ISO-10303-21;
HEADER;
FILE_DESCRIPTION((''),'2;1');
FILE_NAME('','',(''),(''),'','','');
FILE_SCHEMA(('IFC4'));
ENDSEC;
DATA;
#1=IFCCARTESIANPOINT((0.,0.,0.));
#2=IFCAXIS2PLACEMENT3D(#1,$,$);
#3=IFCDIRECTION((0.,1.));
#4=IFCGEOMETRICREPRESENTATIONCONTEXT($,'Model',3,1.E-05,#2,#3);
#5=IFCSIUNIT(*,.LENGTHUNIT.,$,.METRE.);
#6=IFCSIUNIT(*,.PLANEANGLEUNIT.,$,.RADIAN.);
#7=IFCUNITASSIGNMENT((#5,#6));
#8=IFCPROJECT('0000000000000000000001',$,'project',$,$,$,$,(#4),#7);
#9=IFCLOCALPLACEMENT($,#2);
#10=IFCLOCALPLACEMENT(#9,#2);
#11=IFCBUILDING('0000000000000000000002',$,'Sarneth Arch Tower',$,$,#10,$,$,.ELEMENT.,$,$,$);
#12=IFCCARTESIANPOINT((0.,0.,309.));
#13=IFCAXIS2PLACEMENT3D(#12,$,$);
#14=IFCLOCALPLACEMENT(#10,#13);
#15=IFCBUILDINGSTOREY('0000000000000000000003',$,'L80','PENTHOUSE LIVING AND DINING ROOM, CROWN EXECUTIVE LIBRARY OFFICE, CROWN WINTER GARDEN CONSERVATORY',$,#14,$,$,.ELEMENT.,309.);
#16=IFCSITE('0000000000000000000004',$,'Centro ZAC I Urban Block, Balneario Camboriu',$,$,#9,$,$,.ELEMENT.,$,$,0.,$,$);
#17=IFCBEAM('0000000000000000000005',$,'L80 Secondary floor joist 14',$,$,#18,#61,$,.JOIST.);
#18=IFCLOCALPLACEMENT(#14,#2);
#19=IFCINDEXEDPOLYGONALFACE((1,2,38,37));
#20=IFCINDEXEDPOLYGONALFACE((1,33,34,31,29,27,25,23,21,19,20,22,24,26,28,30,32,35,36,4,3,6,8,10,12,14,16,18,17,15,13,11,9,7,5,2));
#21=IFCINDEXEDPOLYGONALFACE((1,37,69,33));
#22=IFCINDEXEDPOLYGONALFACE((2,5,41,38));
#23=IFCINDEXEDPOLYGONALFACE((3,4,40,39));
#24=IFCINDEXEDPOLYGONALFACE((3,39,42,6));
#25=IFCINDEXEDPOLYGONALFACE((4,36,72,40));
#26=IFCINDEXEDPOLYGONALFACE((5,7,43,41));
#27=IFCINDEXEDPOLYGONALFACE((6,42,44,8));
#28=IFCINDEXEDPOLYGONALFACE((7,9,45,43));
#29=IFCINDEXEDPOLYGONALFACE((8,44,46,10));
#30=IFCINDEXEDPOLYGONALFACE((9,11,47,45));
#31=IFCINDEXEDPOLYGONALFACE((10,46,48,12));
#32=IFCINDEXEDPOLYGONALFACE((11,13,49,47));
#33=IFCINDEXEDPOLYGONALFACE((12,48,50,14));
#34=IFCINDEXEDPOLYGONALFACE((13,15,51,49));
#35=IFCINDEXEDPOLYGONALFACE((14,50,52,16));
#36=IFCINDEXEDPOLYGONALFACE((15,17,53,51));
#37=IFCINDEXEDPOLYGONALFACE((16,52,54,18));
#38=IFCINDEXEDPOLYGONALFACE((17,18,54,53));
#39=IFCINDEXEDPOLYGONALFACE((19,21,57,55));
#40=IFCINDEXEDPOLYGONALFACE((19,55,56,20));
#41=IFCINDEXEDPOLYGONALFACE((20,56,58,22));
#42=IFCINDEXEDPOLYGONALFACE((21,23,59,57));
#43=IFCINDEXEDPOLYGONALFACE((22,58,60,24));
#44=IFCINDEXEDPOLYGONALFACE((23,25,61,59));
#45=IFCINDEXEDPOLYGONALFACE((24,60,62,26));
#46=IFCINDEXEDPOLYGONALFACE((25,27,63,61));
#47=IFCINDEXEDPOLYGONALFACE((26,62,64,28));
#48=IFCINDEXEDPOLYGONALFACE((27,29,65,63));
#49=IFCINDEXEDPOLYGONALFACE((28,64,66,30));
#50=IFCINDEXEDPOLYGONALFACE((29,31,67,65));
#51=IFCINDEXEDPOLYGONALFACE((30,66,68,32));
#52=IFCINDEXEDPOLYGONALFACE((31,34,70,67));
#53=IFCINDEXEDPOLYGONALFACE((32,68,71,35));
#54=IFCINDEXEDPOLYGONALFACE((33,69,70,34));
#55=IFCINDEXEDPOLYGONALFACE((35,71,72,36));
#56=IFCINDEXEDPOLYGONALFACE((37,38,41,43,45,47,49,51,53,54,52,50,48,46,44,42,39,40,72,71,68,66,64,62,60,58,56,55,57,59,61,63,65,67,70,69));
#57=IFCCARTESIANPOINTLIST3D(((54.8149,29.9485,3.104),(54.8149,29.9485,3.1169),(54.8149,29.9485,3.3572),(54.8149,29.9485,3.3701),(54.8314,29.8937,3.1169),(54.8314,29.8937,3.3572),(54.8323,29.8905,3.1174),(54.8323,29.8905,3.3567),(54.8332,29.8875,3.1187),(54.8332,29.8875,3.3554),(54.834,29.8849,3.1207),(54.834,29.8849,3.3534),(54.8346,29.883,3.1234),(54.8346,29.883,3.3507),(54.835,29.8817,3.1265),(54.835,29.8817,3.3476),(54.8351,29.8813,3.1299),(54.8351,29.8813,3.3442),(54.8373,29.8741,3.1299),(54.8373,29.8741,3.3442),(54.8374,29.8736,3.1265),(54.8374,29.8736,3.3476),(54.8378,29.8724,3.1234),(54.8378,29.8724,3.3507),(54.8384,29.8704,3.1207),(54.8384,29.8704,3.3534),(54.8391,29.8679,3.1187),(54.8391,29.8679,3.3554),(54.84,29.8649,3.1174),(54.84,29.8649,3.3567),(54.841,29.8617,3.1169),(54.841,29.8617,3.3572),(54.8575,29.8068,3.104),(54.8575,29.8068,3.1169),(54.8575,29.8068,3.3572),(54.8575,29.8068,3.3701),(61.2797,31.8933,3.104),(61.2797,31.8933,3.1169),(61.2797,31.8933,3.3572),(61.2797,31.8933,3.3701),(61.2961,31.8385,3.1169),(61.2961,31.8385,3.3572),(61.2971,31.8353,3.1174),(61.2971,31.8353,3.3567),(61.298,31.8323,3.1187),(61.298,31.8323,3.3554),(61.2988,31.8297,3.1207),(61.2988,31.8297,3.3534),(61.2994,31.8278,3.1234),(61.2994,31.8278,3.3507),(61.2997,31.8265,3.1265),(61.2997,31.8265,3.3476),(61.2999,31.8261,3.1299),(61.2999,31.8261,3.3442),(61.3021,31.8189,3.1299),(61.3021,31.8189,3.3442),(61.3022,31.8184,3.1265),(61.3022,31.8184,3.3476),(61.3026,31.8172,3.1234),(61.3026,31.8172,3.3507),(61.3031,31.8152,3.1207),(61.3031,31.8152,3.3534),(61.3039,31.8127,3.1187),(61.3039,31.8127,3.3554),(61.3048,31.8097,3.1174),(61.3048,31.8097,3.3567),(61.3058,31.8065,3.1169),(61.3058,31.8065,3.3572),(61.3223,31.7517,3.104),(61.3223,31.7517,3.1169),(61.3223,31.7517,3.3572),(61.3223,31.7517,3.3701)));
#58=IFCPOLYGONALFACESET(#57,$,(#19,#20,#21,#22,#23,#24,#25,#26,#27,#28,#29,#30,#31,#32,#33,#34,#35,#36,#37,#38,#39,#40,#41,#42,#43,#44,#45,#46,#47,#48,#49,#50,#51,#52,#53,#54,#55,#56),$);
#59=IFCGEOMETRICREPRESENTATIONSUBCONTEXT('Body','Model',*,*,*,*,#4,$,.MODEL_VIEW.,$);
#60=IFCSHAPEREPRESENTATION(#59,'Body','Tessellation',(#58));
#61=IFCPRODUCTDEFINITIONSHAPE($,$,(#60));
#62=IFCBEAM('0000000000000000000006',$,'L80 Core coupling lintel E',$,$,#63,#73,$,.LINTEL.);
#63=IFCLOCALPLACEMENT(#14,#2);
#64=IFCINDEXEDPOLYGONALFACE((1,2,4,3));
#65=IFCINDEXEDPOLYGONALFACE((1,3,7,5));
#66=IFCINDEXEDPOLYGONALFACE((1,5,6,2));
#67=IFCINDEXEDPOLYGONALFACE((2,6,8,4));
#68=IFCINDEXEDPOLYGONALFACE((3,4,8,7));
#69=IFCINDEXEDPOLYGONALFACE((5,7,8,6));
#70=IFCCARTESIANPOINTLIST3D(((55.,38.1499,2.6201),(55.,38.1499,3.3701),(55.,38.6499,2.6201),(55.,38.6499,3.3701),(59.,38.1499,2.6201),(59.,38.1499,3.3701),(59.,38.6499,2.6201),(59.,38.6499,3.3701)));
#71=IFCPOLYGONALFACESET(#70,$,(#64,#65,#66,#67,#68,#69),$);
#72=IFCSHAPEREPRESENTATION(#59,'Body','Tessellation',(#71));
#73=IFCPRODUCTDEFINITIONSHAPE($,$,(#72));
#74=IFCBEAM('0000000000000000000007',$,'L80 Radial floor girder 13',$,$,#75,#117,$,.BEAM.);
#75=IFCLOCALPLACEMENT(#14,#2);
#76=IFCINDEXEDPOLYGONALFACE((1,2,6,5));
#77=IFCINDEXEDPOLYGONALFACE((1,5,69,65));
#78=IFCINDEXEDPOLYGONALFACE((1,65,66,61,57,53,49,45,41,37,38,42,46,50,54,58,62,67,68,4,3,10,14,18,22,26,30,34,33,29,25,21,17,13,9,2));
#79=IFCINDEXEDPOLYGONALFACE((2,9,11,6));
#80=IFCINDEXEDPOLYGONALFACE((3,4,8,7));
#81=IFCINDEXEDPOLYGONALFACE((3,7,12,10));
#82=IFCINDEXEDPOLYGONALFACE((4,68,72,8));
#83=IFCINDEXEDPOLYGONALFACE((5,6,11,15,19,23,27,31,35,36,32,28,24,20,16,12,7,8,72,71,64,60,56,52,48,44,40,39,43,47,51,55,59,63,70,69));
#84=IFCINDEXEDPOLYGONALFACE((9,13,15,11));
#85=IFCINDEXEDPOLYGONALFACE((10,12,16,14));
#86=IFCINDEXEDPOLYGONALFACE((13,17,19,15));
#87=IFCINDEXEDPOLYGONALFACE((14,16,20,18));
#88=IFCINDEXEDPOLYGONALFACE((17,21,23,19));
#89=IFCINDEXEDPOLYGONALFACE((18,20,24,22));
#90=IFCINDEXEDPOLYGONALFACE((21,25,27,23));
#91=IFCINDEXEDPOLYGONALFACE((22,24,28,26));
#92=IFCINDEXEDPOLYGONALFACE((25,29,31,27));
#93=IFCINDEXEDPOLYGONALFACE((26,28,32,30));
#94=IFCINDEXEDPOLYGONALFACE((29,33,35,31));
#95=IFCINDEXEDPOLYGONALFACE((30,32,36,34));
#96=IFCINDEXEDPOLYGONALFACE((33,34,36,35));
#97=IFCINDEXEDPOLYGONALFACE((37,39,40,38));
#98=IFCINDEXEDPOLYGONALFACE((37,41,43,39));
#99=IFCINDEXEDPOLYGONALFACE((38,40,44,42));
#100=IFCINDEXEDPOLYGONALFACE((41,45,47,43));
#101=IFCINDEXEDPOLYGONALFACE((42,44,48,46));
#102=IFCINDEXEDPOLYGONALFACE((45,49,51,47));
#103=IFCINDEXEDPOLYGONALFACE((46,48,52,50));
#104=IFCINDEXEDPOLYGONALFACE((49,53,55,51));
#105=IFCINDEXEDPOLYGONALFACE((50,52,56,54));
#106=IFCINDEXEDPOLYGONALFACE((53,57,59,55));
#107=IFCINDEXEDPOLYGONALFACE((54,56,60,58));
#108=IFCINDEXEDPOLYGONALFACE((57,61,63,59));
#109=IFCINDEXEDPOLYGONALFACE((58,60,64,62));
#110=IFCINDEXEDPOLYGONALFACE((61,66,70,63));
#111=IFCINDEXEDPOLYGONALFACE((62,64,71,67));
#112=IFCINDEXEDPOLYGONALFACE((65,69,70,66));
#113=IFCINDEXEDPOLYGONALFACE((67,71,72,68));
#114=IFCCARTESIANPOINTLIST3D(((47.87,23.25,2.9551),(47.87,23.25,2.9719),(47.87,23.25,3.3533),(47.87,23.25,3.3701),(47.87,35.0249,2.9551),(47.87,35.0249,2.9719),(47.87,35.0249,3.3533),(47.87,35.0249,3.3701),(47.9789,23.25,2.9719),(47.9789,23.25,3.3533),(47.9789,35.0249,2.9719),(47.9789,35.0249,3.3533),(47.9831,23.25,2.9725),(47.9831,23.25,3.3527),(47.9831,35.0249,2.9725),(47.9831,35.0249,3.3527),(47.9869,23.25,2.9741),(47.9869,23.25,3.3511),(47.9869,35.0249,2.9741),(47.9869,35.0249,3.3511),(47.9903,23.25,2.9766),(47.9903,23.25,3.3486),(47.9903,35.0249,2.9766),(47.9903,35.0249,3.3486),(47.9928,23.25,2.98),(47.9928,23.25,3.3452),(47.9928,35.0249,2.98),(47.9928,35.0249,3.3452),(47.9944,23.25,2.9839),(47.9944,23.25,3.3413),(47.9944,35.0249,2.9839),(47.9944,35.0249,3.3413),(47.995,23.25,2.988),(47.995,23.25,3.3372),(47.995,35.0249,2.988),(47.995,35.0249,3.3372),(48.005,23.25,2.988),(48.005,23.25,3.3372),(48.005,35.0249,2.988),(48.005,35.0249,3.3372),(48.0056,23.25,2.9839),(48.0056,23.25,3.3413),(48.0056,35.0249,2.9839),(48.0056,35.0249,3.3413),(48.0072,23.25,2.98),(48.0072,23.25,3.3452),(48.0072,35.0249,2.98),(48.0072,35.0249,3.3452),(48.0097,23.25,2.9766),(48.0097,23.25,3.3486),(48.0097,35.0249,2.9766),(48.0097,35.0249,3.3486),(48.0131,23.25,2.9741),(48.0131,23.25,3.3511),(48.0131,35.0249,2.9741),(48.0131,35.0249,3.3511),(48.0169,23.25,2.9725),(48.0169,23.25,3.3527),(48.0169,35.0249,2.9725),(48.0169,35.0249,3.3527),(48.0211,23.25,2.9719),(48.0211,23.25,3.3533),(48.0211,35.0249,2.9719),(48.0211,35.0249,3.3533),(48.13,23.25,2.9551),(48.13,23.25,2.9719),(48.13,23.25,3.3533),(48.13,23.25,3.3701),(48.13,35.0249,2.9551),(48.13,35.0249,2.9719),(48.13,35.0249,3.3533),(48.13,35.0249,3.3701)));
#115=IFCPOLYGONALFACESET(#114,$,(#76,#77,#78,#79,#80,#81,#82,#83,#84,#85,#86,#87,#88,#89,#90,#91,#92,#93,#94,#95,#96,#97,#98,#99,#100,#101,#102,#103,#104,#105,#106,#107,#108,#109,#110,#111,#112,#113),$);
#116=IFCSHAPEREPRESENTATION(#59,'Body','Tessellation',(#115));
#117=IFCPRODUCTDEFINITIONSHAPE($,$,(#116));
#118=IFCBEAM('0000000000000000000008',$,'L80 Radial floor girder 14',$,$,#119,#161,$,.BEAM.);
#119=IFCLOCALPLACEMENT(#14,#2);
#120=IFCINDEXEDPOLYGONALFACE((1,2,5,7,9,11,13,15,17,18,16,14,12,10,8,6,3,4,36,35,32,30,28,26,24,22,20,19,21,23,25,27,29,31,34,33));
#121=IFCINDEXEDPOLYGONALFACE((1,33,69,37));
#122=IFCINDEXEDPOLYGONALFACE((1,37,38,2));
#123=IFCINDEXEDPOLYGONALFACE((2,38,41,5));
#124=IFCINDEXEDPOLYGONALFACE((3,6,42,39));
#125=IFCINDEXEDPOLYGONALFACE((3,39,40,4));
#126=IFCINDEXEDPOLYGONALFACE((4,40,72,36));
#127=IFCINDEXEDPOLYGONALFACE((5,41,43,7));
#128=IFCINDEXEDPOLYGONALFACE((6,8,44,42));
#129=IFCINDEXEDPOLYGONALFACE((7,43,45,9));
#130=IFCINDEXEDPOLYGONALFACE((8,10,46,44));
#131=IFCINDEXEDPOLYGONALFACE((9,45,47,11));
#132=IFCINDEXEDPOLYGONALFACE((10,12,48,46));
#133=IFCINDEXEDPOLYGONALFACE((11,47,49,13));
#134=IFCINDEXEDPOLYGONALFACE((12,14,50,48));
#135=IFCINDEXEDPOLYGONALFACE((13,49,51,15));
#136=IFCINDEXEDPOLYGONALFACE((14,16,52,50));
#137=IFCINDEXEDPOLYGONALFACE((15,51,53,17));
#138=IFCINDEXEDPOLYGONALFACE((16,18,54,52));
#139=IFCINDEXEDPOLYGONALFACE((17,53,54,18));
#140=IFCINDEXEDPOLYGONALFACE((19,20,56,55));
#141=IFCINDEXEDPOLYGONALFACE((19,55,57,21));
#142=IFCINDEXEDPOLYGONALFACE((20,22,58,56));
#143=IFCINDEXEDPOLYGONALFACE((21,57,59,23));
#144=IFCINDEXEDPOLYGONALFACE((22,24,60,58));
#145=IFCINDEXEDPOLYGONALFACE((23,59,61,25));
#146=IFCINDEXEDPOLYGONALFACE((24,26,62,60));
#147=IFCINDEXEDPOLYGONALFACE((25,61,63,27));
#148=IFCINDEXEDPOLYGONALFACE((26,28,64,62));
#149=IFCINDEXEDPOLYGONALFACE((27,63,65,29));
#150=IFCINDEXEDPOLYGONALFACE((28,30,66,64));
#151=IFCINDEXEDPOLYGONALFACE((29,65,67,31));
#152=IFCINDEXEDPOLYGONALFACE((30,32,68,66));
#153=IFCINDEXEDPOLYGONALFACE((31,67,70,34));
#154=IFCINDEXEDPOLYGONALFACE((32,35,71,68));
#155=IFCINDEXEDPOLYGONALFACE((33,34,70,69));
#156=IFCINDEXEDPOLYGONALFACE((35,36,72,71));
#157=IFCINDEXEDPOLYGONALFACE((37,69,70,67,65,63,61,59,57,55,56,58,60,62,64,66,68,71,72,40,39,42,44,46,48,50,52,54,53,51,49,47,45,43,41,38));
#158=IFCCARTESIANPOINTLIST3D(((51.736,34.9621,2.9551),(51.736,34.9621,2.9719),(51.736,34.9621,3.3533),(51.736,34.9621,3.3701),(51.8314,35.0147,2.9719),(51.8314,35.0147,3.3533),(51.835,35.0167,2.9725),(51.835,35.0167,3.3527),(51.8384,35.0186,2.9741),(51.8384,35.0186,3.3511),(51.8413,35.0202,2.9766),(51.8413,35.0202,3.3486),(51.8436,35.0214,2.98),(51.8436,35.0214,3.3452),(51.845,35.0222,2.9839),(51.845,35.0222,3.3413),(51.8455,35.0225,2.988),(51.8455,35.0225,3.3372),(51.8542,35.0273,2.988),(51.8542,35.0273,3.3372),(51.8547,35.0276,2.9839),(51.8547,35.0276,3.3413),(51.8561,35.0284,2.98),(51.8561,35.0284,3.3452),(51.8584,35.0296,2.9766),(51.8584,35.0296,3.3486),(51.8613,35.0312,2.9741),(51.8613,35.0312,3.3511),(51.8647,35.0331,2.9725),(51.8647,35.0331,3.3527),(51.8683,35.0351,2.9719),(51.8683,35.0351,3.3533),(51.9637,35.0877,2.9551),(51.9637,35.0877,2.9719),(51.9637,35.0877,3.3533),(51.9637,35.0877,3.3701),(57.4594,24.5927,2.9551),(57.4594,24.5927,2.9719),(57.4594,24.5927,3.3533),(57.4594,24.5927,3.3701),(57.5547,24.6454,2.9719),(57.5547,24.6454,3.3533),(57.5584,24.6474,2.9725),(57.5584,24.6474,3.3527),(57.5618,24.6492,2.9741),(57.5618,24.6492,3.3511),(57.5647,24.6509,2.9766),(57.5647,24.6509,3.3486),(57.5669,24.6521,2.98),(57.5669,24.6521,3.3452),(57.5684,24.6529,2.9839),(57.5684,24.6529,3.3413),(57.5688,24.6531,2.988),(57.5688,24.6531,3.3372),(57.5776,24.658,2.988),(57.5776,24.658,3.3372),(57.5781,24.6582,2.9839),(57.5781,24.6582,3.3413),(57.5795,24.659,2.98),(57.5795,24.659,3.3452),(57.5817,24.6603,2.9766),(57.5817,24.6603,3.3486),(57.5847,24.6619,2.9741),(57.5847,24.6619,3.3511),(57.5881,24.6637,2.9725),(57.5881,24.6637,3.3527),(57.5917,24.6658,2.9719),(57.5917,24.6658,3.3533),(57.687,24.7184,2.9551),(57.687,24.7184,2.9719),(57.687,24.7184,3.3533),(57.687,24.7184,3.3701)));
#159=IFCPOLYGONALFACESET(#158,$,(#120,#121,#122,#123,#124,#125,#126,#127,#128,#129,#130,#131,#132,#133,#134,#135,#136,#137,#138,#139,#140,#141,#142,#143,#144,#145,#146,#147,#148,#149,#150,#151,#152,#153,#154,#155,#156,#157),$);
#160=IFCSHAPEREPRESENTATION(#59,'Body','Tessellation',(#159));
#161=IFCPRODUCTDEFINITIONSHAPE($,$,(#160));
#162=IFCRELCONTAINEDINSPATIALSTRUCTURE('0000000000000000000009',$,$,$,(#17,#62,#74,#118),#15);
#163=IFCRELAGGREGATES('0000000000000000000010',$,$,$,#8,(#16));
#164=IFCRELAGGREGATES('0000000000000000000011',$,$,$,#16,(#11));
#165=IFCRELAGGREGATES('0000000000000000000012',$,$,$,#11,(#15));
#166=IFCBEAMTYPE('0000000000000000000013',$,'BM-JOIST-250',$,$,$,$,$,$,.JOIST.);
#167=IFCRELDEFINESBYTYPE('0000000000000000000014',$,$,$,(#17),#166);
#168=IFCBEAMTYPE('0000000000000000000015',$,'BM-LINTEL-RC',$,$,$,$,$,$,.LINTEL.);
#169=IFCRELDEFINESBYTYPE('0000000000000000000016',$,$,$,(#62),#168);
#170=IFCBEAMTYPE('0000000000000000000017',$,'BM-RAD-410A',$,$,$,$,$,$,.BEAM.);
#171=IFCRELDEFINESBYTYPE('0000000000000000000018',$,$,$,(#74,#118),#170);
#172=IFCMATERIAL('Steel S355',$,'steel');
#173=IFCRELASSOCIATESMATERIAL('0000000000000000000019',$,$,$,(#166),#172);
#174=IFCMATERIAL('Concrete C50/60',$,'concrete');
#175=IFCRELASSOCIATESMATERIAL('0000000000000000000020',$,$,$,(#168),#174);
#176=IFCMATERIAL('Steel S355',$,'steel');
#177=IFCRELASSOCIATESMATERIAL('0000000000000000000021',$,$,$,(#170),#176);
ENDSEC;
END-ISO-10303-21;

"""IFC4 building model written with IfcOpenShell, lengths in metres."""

from ifc_helpers import new_model, si_unit, direction, frame, origin, origin_2d, place, context, subcontext, project, spatial, rectangle, i_section, extrude, material, material_profile, profile_set, type_object, element, save


model = new_model("IFC4")

# Units and contexts
model_context = context("Model", 3, precision=1e-05, world=origin(), true_north=direction((0.0, 1.0)))
body_context = subcontext(model_context, "Body", "Model", "MODEL_VIEW")
ifc_project = project(units=[si_unit("LENGTHUNIT", "METRE"), si_unit("PLANEANGLEUNIT", "RADIAN")], contexts=[model_context])

# Site, building, storey
site_placement = place(None, origin())
site = spatial("IfcSite", under=ifc_project, at=site_placement, Name="Centro ZAC I Urban Block, Balneario Camboriu", CompositionType="ELEMENT", RefElevation=0.0)
building_placement = place(site_placement, origin())
building = spatial("IfcBuilding", under=site, at=building_placement, Name="Sarneth Arch Tower", CompositionType="ELEMENT")
storey_placement = place(building_placement, frame((0.0, 0.0, 309.0)))
storey = spatial("IfcBuildingStorey", under=building, at=storey_placement, Name="L80", Description="PENTHOUSE LIVING AND DINING ROOM, CROWN EXECUTIVE LIBRARY OFFICE, CROWN WINTER GARDEN CONSERVATORY", CompositionType="ELEMENT", Elevation=309.0)

# Beams
ifc_material_1 = material(Name="Steel S355", Category="steel")
ifc_material_profile_1 = material_profile(ifc_material_1, i_section(OverallWidth=0.1479, OverallDepth=0.2661, WebThickness=0.0076, FlangeThickness=0.0129, FilletRadius=0.0129, at=origin_2d()), Name="W250x44.8")
ifc_profile_set_1 = profile_set([ifc_material_profile_1], Name="Steel S355")
beam_type_1 = type_object("IfcBeamType", Name="BM-JOIST-250", PredefinedType="JOIST", material=ifc_profile_set_1)
beam_1_placement = place(storey_placement, frame((54.8362, 29.8777, 3.2371), z_axis=(0.957607, 0.288078, 0.0), x_axis=(-0.288078, 0.957607, 0.0)))
element("IfcBeam", 1, at=beam_1_placement, inside=storey, type_object=beam_type_1, Name="L80 Secondary floor joist 14", PredefinedType="JOIST", context=body_context, shape_type="SweptSolid", body=[
    extrude(i_section(OverallWidth=0.1479, OverallDepth=0.2661, WebThickness=0.0076, FlangeThickness=0.0129, FilletRadius=0.0129, at=origin_2d()), origin(), (0.0, 0.0, 1.0), 6.751),
])
ifc_material_2 = material(Name="Concrete C50/60", Category="concrete")
ifc_material_profile_2 = material_profile(ifc_material_2, rectangle(XDim=0.5, YDim=0.75, at=origin_2d()), Name="RC-500x750")
ifc_profile_set_2 = profile_set([ifc_material_profile_2], Name="Concrete C50/60")
beam_type_2 = type_object("IfcBeamType", Name="BM-LINTEL-RC", PredefinedType="LINTEL", material=ifc_profile_set_2)
beam_2_placement = place(storey_placement, frame((55.0, 38.3999, 2.9951), z_axis=(1.0, 0.0, 0.0), x_axis=(0.0, 1.0, 0.0)))
element("IfcBeam", 2, at=beam_2_placement, inside=storey, type_object=beam_type_2, Name="L80 Core coupling lintel E", PredefinedType="LINTEL", context=body_context, shape_type="SweptSolid", body=[
    extrude(rectangle(XDim=0.5, YDim=0.75, at=origin_2d()), origin(), (0.0, 0.0, 1.0), 4.0),
])
ifc_material_3 = material(Name="Steel S355", Category="steel")
ifc_material_profile_3 = material_profile(ifc_material_3, i_section(OverallWidth=0.26, OverallDepth=0.415, WebThickness=0.01, FlangeThickness=0.0168, FilletRadius=0.0161, at=origin_2d()), Name="W410x100")
ifc_profile_set_3 = profile_set([ifc_material_profile_3], Name="Steel S355")
beam_type_3 = type_object("IfcBeamType", Name="BM-RAD-410A", PredefinedType="BEAM", material=ifc_profile_set_3)
beam_3_placement = place(storey_placement, frame((48.0, 35.0249, 3.1626), z_axis=(0.0, -1.0, 0.0), x_axis=(1.0, 0.0, 0.0)))
element("IfcBeam", 3, at=beam_3_placement, inside=storey, type_object=beam_type_3, Name="L80 Radial floor girder 13", PredefinedType="BEAM", context=body_context, shape_type="SweptSolid", body=[
    extrude(i_section(OverallWidth=0.26, OverallDepth=0.415, WebThickness=0.01, FlangeThickness=0.0168, FilletRadius=0.0161, at=origin_2d()), origin(), (0.0, 0.0, 1.0), 11.7749),
])
beam_4_placement = place(storey_placement, frame((51.8499, 35.0249, 3.1626), z_axis=(0.483229, -0.875494, 0.0), x_axis=(0.875494, 0.483229, 0.0)))
element("IfcBeam", 4, at=beam_4_placement, inside=storey, type_object=beam_type_3, Name="L80 Radial floor girder 14", PredefinedType="BEAM", context=body_context, shape_type="SweptSolid", body=[
    extrude(i_section(OverallWidth=0.26, OverallDepth=0.415, WebThickness=0.01, FlangeThickness=0.0168, FilletRadius=0.0161, at=origin_2d()), origin(), (0.0, 0.0, 1.0), 11.844),
])

save(model, "model.ifc")
